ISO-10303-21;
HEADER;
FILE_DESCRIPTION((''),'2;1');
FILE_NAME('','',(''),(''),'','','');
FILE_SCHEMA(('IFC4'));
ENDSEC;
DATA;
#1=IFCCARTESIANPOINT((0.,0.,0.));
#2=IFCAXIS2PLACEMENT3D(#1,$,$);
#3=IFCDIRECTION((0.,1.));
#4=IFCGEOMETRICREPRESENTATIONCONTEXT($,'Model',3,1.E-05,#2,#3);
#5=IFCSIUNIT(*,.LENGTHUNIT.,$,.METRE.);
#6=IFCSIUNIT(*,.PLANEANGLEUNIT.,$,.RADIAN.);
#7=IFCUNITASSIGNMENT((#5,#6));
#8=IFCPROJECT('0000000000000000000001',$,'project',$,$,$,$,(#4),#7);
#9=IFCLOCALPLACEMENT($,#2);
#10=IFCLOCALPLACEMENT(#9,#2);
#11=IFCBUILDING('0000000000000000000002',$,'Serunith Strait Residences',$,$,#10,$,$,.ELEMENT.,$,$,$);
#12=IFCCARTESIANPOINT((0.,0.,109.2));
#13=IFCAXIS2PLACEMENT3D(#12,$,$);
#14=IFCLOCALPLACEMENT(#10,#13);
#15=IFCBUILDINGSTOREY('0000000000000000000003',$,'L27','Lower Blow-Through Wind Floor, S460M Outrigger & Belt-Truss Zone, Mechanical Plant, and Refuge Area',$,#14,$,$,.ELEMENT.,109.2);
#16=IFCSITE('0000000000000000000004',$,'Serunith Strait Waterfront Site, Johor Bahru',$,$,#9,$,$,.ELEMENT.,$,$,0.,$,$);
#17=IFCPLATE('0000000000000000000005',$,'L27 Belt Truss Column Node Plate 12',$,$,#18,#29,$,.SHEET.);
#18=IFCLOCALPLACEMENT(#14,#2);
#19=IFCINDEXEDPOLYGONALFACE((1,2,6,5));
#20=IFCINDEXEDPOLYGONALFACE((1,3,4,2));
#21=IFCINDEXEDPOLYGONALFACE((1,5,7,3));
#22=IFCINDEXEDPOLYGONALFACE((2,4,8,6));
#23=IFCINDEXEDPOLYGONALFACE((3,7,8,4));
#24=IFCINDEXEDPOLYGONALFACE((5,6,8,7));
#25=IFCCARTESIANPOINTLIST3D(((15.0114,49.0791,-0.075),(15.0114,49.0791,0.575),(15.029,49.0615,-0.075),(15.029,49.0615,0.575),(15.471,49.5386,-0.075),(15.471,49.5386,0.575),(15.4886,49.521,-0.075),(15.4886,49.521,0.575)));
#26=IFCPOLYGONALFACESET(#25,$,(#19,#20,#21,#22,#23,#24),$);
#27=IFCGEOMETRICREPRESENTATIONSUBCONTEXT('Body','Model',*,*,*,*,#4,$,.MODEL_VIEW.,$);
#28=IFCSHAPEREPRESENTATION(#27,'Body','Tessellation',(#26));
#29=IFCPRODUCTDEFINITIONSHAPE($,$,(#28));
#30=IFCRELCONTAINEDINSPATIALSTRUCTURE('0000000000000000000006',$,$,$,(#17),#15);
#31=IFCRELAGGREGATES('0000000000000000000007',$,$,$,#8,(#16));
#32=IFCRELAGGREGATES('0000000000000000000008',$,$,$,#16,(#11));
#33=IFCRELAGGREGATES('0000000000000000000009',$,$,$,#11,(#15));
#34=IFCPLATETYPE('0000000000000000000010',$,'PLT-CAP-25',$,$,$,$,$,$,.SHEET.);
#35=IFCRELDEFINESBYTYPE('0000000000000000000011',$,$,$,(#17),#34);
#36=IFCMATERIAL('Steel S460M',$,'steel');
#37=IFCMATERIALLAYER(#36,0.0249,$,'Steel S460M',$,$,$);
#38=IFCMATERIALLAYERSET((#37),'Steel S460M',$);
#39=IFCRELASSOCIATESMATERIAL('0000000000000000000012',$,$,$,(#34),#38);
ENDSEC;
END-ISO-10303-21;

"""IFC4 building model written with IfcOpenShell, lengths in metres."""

from ifc_helpers import new_model, si_unit, direction, frame, origin, origin_2d, place, context, subcontext, project, spatial, rectangle, extrude, source, transform, mapped, material, layer, layer_set, type_object, element, save


model = new_model("IFC4")

# Units and contexts
model_context = context("Model", 3, precision=1e-05, world=origin(), true_north=direction((0.0, 1.0)))
body_context = subcontext(model_context, "Body", "Model", "MODEL_VIEW")
ifc_project = project(units=[si_unit("LENGTHUNIT", "METRE"), si_unit("PLANEANGLEUNIT", "RADIAN")], contexts=[model_context])

# Site, building, storey
site_placement = place(None, origin())
site = spatial("IfcSite", under=ifc_project, at=site_placement, Name="Serunith Strait Waterfront Site, Johor Bahru", CompositionType="ELEMENT", RefElevation=0.0)
building_placement = place(site_placement, origin())
building = spatial("IfcBuilding", under=site, at=building_placement, Name="Serunith Strait Residences", CompositionType="ELEMENT")
storey_placement = place(building_placement, frame((0.0, 0.0, 109.2)))
storey = spatial("IfcBuildingStorey", under=building, at=storey_placement, Name="L27", Description="Lower Blow-Through Wind Floor, S460M Outrigger & Belt-Truss Zone, Mechanical Plant, and Refuge Area", CompositionType="ELEMENT", Elevation=109.2)

# Shared definitions
ifc_material_1 = material(Name="Steel S460M", Category="steel")

# Plate
ifc_layer_1 = layer(ifc_material_1, 0.0249, Name="Steel S460M")
ifc_layer_set_1 = layer_set([ifc_layer_1], Name="Steel S460M")
plate_type_1 = type_object("IfcPlateType", Name="PLT-CAP-25", PredefinedType="SHEET", material=ifc_layer_set_1)
shared_shape_1 = source(origin(), body_context, "Body", "SweptSolid", [
    extrude(rectangle(XDim=0.6499, YDim=0.0249, at=origin_2d()), origin(), (0.0, 0.0, 1.0), 0.6499),
])
for number, where, z_axis, x_axis, name in (
    (1, (15.25, 49.3, -0.075), (0.0, 0.0, 1.0), (-0.707107, -0.707107, 0.0), "L27 Belt Truss Column Node Plate 12"),
):
    element("IfcPlate", number, at=place(storey_placement, frame(where, z_axis=z_axis, x_axis=x_axis)), inside=storey, type_object=plate_type_1, Name=name, PredefinedType="SHEET", context=body_context, shape_type="MappedRepresentation", body=[
        mapped(shared_shape_1, transform((0.0, 0.0, 0.0), scale=1.0)),
    ])

save(model, "model.ifc")
